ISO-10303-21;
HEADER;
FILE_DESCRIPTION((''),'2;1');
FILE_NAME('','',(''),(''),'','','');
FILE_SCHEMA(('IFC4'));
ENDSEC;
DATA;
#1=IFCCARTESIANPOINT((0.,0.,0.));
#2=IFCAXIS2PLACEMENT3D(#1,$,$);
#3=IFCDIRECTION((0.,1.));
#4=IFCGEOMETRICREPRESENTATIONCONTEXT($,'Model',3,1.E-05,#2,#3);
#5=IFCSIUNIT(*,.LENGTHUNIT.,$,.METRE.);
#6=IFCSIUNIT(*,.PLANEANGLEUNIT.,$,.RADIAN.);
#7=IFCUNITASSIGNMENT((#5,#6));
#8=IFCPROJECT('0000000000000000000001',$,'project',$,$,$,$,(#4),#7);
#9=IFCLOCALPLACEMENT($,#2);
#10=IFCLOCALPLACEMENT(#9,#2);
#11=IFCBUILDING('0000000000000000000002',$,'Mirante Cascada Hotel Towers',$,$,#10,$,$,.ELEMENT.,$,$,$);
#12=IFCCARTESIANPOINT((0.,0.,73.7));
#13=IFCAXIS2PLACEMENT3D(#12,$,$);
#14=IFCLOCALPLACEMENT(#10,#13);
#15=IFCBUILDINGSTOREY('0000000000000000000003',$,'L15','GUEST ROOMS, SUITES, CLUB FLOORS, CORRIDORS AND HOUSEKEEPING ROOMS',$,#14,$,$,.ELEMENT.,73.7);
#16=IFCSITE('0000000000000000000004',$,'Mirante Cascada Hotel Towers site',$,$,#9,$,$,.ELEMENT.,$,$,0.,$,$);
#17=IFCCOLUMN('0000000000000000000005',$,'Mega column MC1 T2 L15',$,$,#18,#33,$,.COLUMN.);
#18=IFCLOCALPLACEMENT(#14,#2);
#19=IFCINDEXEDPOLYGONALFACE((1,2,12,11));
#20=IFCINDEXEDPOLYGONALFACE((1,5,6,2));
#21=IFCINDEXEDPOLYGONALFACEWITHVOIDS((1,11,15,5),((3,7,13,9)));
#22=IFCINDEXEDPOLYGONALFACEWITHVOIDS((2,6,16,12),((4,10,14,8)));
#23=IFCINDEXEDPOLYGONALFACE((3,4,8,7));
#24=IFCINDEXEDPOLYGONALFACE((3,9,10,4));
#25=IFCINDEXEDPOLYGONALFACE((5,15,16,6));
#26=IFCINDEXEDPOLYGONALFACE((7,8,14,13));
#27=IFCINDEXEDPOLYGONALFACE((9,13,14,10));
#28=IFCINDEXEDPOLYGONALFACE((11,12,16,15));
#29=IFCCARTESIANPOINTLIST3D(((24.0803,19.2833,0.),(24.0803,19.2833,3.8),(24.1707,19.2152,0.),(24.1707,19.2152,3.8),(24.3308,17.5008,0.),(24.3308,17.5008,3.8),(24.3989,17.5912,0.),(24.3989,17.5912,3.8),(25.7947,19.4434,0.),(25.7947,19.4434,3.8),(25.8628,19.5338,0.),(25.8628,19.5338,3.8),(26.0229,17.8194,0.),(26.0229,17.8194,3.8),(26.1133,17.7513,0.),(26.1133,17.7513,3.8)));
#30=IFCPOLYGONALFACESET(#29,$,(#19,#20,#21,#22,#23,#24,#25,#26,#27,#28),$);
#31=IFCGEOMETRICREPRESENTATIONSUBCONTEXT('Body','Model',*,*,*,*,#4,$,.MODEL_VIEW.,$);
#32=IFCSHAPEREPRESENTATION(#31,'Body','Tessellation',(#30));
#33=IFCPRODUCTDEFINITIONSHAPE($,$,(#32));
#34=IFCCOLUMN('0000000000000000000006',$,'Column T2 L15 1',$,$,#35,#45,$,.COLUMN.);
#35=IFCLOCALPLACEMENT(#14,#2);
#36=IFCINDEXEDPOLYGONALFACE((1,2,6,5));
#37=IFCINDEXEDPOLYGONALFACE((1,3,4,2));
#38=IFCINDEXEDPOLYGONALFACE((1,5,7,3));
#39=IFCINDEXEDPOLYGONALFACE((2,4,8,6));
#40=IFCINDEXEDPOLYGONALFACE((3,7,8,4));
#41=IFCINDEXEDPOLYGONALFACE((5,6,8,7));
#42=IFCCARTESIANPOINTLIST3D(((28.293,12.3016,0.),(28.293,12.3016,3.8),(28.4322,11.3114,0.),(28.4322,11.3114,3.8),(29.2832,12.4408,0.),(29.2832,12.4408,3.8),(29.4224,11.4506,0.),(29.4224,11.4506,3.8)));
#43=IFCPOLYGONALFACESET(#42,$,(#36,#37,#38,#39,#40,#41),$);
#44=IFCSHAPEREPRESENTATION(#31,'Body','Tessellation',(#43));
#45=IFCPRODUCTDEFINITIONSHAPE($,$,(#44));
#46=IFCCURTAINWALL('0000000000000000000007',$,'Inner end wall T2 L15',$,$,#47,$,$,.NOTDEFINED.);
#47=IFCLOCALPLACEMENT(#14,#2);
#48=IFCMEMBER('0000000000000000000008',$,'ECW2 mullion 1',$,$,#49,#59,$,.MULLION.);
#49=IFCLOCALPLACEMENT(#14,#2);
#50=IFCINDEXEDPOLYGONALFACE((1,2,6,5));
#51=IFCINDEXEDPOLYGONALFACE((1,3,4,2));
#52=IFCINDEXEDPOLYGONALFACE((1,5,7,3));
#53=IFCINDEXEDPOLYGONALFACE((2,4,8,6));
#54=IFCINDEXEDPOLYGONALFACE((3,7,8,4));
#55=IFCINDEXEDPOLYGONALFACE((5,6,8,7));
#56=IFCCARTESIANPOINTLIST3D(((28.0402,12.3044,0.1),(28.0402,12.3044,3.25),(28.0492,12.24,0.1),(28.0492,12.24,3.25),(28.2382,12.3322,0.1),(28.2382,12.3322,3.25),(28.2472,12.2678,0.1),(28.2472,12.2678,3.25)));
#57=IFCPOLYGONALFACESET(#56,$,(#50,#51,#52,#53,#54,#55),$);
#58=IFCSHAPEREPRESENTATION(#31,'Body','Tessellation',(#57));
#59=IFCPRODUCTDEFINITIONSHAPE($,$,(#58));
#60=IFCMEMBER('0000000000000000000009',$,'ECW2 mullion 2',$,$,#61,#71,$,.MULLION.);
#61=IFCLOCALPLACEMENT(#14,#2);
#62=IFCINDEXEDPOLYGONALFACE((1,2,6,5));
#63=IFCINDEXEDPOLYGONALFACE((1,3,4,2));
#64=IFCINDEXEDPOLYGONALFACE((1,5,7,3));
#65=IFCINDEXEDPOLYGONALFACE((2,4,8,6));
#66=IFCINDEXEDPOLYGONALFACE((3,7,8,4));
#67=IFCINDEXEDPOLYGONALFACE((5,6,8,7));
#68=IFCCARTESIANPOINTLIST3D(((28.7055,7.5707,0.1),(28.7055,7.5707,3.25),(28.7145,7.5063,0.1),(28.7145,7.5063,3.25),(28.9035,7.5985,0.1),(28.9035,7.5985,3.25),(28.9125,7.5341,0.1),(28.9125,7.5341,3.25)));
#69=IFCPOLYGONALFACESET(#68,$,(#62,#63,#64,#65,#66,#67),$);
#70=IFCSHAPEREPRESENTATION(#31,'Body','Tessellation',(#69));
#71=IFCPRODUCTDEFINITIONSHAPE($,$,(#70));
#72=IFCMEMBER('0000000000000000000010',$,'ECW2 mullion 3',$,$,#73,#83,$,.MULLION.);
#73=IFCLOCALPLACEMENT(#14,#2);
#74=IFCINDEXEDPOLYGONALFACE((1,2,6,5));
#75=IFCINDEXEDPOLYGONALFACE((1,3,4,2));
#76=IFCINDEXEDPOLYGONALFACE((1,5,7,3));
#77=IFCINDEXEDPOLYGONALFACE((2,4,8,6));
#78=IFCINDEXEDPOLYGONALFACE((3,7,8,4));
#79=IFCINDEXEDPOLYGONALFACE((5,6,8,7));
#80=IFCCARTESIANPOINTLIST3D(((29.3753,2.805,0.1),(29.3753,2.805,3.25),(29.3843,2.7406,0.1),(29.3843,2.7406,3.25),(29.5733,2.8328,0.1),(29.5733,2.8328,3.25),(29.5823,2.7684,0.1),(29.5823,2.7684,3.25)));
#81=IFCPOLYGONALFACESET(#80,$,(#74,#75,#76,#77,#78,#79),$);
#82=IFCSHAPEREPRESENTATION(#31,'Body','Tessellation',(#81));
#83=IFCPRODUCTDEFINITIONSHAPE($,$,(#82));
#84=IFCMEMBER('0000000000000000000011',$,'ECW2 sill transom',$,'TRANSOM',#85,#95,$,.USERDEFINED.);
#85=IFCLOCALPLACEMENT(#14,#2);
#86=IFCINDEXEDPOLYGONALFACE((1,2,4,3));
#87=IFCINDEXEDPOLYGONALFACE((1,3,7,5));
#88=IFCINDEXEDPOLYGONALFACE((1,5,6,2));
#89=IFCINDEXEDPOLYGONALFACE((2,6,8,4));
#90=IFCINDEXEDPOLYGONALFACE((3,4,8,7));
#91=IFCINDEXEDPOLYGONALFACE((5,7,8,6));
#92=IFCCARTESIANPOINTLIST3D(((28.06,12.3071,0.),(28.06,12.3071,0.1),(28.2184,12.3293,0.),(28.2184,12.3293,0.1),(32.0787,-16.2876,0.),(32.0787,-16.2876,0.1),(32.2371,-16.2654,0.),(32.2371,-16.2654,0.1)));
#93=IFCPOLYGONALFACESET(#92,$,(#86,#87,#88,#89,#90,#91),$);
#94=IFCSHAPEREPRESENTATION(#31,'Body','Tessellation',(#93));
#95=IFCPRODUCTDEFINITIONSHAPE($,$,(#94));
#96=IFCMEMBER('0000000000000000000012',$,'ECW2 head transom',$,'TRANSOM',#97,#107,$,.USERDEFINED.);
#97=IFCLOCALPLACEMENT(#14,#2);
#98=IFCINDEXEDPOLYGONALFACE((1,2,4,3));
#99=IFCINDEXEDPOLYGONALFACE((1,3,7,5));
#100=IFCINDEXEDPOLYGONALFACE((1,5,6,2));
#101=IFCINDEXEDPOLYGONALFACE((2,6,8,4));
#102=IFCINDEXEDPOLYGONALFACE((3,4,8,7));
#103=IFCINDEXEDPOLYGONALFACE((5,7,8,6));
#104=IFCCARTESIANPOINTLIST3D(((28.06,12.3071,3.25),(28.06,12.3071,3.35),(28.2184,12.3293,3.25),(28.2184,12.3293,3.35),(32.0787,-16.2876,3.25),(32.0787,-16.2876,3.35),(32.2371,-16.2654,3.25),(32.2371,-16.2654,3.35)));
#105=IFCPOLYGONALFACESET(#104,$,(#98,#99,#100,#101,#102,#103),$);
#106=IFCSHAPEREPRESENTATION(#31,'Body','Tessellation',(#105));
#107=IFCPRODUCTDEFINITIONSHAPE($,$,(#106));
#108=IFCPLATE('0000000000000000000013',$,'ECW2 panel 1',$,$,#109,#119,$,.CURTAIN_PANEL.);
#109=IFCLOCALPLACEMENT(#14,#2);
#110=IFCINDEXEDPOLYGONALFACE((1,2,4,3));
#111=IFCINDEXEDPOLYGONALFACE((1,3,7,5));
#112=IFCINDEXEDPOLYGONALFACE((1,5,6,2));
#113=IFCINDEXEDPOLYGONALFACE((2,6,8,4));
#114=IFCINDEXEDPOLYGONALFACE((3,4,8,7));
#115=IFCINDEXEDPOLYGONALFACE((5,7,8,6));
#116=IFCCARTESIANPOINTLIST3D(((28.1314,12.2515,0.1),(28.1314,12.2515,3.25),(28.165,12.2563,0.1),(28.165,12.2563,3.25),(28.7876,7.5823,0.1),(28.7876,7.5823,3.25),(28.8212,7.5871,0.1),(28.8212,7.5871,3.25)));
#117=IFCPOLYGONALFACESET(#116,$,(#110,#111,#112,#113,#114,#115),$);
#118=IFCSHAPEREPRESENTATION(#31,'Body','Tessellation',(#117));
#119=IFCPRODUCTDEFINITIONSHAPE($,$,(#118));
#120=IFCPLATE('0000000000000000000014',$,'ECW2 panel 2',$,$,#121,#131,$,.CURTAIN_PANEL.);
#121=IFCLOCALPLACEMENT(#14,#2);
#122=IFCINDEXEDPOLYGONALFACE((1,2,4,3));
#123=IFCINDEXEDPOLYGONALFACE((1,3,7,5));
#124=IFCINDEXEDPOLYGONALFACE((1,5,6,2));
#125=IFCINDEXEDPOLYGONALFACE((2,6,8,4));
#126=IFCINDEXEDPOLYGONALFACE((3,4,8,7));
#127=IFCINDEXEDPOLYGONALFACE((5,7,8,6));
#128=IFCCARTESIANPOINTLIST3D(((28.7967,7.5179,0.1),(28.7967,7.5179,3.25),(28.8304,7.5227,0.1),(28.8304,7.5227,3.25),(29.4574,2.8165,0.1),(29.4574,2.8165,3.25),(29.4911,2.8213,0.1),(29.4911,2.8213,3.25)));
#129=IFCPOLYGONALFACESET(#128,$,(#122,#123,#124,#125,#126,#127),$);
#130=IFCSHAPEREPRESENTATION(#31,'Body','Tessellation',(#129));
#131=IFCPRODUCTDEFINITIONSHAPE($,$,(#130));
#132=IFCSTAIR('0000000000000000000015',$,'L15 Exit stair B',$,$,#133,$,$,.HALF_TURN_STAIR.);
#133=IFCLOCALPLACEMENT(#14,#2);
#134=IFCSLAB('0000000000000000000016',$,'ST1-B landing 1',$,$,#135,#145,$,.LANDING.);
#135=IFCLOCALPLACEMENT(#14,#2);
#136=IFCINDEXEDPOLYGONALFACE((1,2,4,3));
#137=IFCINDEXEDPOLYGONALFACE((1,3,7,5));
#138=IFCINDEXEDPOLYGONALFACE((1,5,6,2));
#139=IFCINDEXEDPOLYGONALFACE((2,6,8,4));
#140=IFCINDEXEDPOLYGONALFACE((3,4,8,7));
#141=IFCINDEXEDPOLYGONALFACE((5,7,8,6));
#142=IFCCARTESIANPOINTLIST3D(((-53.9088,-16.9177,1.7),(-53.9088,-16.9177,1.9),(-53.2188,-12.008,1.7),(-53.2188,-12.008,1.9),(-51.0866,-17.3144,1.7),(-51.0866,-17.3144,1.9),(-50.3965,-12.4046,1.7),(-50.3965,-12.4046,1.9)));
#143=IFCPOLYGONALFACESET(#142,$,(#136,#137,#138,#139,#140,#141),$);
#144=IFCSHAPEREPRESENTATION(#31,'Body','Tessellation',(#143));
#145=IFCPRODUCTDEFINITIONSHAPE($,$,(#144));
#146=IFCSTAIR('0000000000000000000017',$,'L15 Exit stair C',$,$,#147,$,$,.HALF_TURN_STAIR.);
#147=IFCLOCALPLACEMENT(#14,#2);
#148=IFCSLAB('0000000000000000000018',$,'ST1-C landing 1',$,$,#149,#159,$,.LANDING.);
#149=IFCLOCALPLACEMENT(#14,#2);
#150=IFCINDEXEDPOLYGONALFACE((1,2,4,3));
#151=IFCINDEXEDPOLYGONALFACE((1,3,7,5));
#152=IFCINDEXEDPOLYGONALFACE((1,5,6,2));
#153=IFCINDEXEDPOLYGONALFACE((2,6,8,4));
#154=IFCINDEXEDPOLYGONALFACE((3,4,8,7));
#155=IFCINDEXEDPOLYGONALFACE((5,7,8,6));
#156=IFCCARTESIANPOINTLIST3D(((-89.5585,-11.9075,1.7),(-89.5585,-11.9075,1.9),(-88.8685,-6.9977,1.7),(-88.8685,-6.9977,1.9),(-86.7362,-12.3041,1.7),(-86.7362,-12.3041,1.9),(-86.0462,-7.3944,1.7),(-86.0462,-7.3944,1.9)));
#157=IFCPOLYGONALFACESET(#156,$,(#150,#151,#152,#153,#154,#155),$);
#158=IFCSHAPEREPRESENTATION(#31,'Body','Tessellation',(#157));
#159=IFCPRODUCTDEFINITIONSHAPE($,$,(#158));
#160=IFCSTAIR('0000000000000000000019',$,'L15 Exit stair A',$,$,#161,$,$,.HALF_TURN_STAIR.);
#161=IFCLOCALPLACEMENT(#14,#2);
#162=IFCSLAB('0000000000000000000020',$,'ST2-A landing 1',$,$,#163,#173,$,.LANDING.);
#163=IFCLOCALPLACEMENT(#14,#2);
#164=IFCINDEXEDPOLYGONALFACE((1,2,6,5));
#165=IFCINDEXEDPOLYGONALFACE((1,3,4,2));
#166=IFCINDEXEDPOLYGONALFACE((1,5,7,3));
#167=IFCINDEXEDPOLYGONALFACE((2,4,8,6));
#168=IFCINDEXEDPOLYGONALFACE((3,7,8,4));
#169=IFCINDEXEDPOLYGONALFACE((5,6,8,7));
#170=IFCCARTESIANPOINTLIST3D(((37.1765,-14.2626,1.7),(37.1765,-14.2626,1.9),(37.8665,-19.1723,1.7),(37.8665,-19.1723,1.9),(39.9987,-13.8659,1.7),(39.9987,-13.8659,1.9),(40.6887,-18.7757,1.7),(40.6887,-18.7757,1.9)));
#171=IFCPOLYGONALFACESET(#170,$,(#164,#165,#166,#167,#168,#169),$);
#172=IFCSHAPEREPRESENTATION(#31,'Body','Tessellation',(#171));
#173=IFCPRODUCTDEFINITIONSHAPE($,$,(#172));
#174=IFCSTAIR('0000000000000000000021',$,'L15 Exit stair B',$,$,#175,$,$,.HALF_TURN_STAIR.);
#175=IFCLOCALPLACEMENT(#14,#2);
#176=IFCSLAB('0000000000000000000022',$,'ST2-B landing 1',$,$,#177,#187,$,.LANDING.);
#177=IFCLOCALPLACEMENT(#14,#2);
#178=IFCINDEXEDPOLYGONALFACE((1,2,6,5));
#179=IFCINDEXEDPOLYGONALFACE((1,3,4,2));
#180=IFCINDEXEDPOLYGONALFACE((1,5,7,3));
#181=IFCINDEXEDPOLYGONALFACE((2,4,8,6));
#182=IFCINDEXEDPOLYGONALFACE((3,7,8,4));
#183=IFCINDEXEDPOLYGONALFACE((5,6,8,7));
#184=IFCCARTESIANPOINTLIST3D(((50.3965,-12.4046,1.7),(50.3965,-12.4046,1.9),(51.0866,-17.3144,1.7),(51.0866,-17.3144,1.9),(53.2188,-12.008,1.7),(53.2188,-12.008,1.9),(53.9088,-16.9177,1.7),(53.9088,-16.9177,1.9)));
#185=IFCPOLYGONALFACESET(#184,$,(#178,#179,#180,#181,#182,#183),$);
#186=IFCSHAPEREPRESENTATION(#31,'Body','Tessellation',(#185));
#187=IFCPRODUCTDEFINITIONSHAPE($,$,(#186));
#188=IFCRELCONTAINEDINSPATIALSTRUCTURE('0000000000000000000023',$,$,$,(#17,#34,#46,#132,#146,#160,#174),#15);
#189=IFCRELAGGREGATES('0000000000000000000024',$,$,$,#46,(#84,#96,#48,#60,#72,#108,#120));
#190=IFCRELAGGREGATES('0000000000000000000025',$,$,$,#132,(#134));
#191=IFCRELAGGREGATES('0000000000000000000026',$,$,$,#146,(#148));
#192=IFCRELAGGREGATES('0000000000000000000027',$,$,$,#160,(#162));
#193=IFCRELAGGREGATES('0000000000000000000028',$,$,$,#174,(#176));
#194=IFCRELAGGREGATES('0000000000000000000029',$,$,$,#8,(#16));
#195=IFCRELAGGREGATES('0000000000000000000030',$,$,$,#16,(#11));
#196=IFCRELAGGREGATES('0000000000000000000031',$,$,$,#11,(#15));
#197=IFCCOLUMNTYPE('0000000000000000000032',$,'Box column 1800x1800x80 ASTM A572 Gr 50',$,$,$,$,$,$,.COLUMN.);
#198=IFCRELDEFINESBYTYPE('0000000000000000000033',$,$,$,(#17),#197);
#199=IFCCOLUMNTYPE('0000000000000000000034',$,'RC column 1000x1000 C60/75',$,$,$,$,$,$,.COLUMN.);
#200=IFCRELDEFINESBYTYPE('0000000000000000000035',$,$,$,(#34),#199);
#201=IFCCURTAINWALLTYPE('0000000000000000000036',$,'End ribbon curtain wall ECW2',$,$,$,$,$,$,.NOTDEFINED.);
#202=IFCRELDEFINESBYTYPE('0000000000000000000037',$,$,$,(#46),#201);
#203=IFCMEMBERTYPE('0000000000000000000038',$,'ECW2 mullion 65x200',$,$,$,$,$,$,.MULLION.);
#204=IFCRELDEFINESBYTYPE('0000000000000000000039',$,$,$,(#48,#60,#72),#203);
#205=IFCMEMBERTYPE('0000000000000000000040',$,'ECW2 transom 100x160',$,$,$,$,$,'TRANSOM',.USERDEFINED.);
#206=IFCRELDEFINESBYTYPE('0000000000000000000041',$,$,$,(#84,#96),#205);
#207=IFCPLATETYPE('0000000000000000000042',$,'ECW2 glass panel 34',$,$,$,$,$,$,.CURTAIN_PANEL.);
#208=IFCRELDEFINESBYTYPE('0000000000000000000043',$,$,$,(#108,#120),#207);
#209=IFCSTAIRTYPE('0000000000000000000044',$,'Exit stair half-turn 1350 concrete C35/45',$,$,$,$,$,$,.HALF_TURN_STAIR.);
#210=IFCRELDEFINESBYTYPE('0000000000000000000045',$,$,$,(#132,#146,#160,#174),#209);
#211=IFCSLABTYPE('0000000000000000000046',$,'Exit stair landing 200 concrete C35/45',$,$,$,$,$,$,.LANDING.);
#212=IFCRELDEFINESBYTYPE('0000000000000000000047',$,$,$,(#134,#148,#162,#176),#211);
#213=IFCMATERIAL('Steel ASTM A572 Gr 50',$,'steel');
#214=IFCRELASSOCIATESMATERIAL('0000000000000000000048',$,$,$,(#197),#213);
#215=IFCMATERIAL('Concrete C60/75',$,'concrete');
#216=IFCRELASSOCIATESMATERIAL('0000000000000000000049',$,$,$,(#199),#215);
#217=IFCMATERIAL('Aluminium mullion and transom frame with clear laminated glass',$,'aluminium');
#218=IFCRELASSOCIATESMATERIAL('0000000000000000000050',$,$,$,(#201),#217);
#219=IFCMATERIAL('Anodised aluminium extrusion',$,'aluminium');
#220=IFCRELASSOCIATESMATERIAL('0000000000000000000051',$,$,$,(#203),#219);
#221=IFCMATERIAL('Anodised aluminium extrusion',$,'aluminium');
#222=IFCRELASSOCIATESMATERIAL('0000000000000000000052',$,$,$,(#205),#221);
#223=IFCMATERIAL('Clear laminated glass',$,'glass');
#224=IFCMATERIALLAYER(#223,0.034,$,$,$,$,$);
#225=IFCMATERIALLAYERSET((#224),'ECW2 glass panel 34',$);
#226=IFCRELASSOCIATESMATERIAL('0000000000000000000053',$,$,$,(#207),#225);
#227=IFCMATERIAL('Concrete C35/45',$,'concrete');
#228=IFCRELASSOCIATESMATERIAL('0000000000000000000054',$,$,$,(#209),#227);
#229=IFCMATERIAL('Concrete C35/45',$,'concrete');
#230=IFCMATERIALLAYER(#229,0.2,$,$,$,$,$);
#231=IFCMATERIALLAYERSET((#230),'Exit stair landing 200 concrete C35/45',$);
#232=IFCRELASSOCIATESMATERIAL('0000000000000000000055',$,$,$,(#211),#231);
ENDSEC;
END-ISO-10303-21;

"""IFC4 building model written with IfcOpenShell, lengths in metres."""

from ifc_helpers import new_model, si_unit, direction, frame, origin, origin_2d, place, context, subcontext, project, spatial, polyline, rectangle, hollow_rectangle, outline, extrude, material, layer, layer_set, material_profile, profile_set, type_object, element, aggregate, save


model = new_model("IFC4")

# Units and contexts
model_context = context("Model", 3, precision=1e-05, world=origin(), true_north=direction((0.0, 1.0)))
body_context = subcontext(model_context, "Body", "Model", "MODEL_VIEW")
ifc_project = project(units=[si_unit("LENGTHUNIT", "METRE"), si_unit("PLANEANGLEUNIT", "RADIAN")], contexts=[model_context])

# Site, building, storey
site_placement = place(None, origin())
site = spatial("IfcSite", under=ifc_project, at=site_placement, Name="Mirante Cascada Hotel Towers site", CompositionType="ELEMENT", RefElevation=0.0)
building_placement = place(site_placement, origin())
building = spatial("IfcBuilding", under=site, at=building_placement, Name="Mirante Cascada Hotel Towers", CompositionType="ELEMENT")
storey_placement = place(building_placement, frame((0.0, 0.0, 73.7)))
storey = spatial("IfcBuildingStorey", under=building, at=storey_placement, Name="L15", Description="GUEST ROOMS, SUITES, CLUB FLOORS, CORRIDORS AND HOUSEKEEPING ROOMS", CompositionType="ELEMENT", Elevation=73.7)

# Columns
ifc_material_1 = material(Name="Steel ASTM A572 Gr 50", Category="steel")
ifc_material_profile_1 = material_profile(ifc_material_1, hollow_rectangle(XDim=1.8, YDim=1.8, WallThickness=0.08, at=origin_2d()), Name="Box column 1800x1800x80 ASTM A572 Gr 50")
ifc_profile_set_1 = profile_set([ifc_material_profile_1], Name="Steel ASTM A572 Gr 50")
column_type_1 = type_object("IfcColumnType", Name="Box column 1800x1800x80 ASTM A572 Gr 50", PredefinedType="COLUMN", material=ifc_profile_set_1)
column_1_placement = place(storey_placement, frame((25.0968, 18.5173, 0.0), z_axis=(0.0, 0.0, 1.0), x_axis=(0.990268, 0.139173, 0.0)))
element("IfcColumn", 1, at=column_1_placement, inside=storey, type_object=column_type_1, Name="Mega column MC1 T2 L15", PredefinedType="COLUMN", context=body_context, shape_type="SweptSolid", body=[
    extrude(hollow_rectangle(XDim=1.8, YDim=1.8, WallThickness=0.08, at=origin_2d()), origin(), (0.0, 0.0, 1.0), 3.8),
])
ifc_material_2 = material(Name="Concrete C60/75", Category="concrete")
ifc_material_profile_2 = material_profile(ifc_material_2, rectangle(XDim=1.0, YDim=1.0, at=origin_2d()), Name="RC column 1000x1000 C60/75")
ifc_profile_set_2 = profile_set([ifc_material_profile_2], Name="Concrete C60/75")
column_type_2 = type_object("IfcColumnType", Name="RC column 1000x1000 C60/75", PredefinedType="COLUMN", material=ifc_profile_set_2)
column_2_placement = place(storey_placement, frame((28.8577, 11.8761, 0.0), z_axis=(0.0, 0.0, 1.0), x_axis=(0.990268, 0.139173, 0.0)))
element("IfcColumn", 2, at=column_2_placement, inside=storey, type_object=column_type_2, Name="Column T2 L15 1", PredefinedType="COLUMN", context=body_context, shape_type="SweptSolid", body=[
    extrude(rectangle(XDim=1.0, YDim=1.0, at=origin_2d()), origin(), (0.0, 0.0, 1.0), 3.8),
])

# Curtain wall, members, plates
ifc_material_3 = material(Name="Aluminium mullion and transom frame with clear laminated glass", Category="aluminium")
curtain_wall_type = type_object("IfcCurtainWallType", Name="End ribbon curtain wall ECW2", PredefinedType="NOTDEFINED", material=ifc_material_3)
curtain_wall_placement = place(storey_placement, origin())
curtain_wall = element("IfcCurtainWall", 3, at=curtain_wall_placement, inside=storey, type_object=curtain_wall_type, Name="Inner end wall T2 L15", PredefinedType="NOTDEFINED")
ifc_material_4 = material(Name="Anodised aluminium extrusion", Category="aluminium")
ifc_material_profile_3 = material_profile(ifc_material_4, rectangle(XDim=0.2, YDim=0.065, at=origin_2d()), Name="ECW2 MULLION 65x200")
ifc_profile_set_3 = profile_set([ifc_material_profile_3], Name="Anodised aluminium extrusion")
member_type_1 = type_object("IfcMemberType", Name="ECW2 mullion 65x200", PredefinedType="MULLION", material=ifc_profile_set_3)
member_1_placement = place(storey_placement, frame((28.1437, 12.2861, 0.1), z_axis=(0.0, 0.0, 1.0), x_axis=(0.990268, 0.139173, 0.0)))
member_1 = element("IfcMember", 4, at=member_1_placement, type_object=member_type_1, Name="ECW2 mullion 1", PredefinedType="MULLION", context=body_context, shape_type="SweptSolid", body=[
    extrude(rectangle(XDim=0.2, YDim=0.065, at=origin_2d()), origin(), (0.0, 0.0, 1.0), 3.15),
])
member_2_placement = place(storey_placement, frame((28.809, 7.5524, 0.1), z_axis=(0.0, 0.0, 1.0), x_axis=(0.990268, 0.139173, 0.0)))
member_2 = element("IfcMember", 5, at=member_2_placement, type_object=member_type_1, Name="ECW2 mullion 2", PredefinedType="MULLION", context=body_context, shape_type="SweptSolid", body=[
    extrude(rectangle(XDim=0.2, YDim=0.065, at=origin_2d()), origin(), (0.0, 0.0, 1.0), 3.15),
])
member_3_placement = place(storey_placement, frame((29.4788, 2.7867, 0.1), z_axis=(0.0, 0.0, 1.0), x_axis=(0.990268, 0.139173, 0.0)))
member_3 = element("IfcMember", 6, at=member_3_placement, type_object=member_type_1, Name="ECW2 mullion 3", PredefinedType="MULLION", context=body_context, shape_type="SweptSolid", body=[
    extrude(rectangle(XDim=0.2, YDim=0.065, at=origin_2d()), origin(), (0.0, 0.0, 1.0), 3.15),
])
ifc_material_5 = material(Name="Anodised aluminium extrusion", Category="aluminium")
ifc_material_profile_4 = material_profile(ifc_material_5, rectangle(XDim=0.16, YDim=0.1, at=origin_2d()), Name="ECW2 TRANSOM 100x160")
ifc_profile_set_4 = profile_set([ifc_material_profile_4], Name="Anodised aluminium extrusion")
member_type_2 = type_object("IfcMemberType", Name="ECW2 transom 100x160", ElementType="TRANSOM", PredefinedType="USERDEFINED", material=ifc_profile_set_4)
member_4_placement = place(storey_placement, frame((28.1392, 12.3182, 0.05), z_axis=(0.139172, -0.990268, 0.0), x_axis=(0.990268, 0.139172, 0.0)))
member_4 = element("IfcMember", 7, at=member_4_placement, type_object=member_type_2, Name="ECW2 sill transom", ObjectType="TRANSOM", PredefinedType="USERDEFINED", context=body_context, shape_type="SweptSolid", body=[
    extrude(rectangle(XDim=0.16, YDim=0.1, at=origin_2d()), origin(), (0.0, 0.0, 1.0), 28.8757),
])
member_5_placement = place(storey_placement, frame((28.1392, 12.3182, 3.3), z_axis=(0.139172, -0.990268, 0.0), x_axis=(0.990268, 0.139172, 0.0)))
member_5 = element("IfcMember", 8, at=member_5_placement, type_object=member_type_2, Name="ECW2 head transom", ObjectType="TRANSOM", PredefinedType="USERDEFINED", context=body_context, shape_type="SweptSolid", body=[
    extrude(rectangle(XDim=0.16, YDim=0.1, at=origin_2d()), origin(), (0.0, 0.0, 1.0), 28.8757),
])
ifc_material_6 = material(Name="Clear laminated glass", Category="glass")
ifc_layer_1 = layer(ifc_material_6, 0.034)
ifc_layer_set_1 = layer_set([ifc_layer_1], Name="ECW2 glass panel 34")
plate_type = type_object("IfcPlateType", Name="ECW2 glass panel 34", PredefinedType="CURTAIN_PANEL", material=ifc_layer_set_1)
plate_1_placement = place(storey_placement, frame((28.4763, 9.9193, 0.1), z_axis=(0.0, 0.0, 1.0), x_axis=(0.139173, -0.990268, 0.0)))
plate_1 = element("IfcPlate", 9, at=plate_1_placement, type_object=plate_type, Name="ECW2 panel 1", PredefinedType="CURTAIN_PANEL", context=body_context, shape_type="SweptSolid", body=[
    extrude(rectangle(XDim=4.7151, YDim=0.034, at=origin_2d()), origin(), (0.0, 0.0, 1.0), 3.15),
])
plate_2_placement = place(storey_placement, frame((29.1439, 5.1696, 0.1), z_axis=(0.0, 0.0, 1.0), x_axis=(0.139173, -0.990268, 0.0)))
plate_2 = element("IfcPlate", 10, at=plate_2_placement, type_object=plate_type, Name="ECW2 panel 2", PredefinedType="CURTAIN_PANEL", context=body_context, shape_type="SweptSolid", body=[
    extrude(rectangle(XDim=4.7476, YDim=0.034, at=origin_2d()), origin(), (0.0, 0.0, 1.0), 3.15),
])
aggregate(curtain_wall, [member_4, member_5, member_1, member_2, member_3, plate_1, plate_2])

# Stairs, slabs
ifc_material_7 = material(Name="Concrete C35/45", Category="concrete")
stair_type = type_object("IfcStairType", Name="Exit stair half-turn 1350 concrete C35/45", PredefinedType="HALF_TURN_STAIR", material=ifc_material_7)
stair_1_placement = place(storey_placement, origin())
stair_1 = element("IfcStair", 11, at=stair_1_placement, inside=storey, type_object=stair_type, Name="L15 Exit stair B", PredefinedType="HALF_TURN_STAIR")
ifc_material_8 = material(Name="Concrete C35/45", Category="concrete")
ifc_layer_2 = layer(ifc_material_8, 0.2)
ifc_layer_set_2 = layer_set([ifc_layer_2], Name="Exit stair landing 200 concrete C35/45")
slab_type = type_object("IfcSlabType", Name="Exit stair landing 200 concrete C35/45", PredefinedType="LANDING", material=ifc_layer_set_2)
slab_1_placement = place(storey_placement, frame((0.0, 0.0, 1.7)))
slab_1 = element("IfcSlab", 12, at=slab_1_placement, type_object=slab_type, Name="ST1-B landing 1", PredefinedType="LANDING", context=body_context, shape_type="SweptSolid", body=[
    extrude(outline(polyline([(-53.2188, -12.008), (-53.9088, -16.9177), (-51.0866, -17.3144), (-50.3965, -12.4046), (-53.2188, -12.008)])), origin(), (0.0, 0.0, 1.0), 0.2),
])
aggregate(stair_1, [slab_1])
stair_2_placement = place(storey_placement, origin())
stair_2 = element("IfcStair", 13, at=stair_2_placement, inside=storey, type_object=stair_type, Name="L15 Exit stair C", PredefinedType="HALF_TURN_STAIR")
slab_2_placement = place(storey_placement, frame((0.0, 0.0, 1.7)))
slab_2 = element("IfcSlab", 14, at=slab_2_placement, type_object=slab_type, Name="ST1-C landing 1", PredefinedType="LANDING", context=body_context, shape_type="SweptSolid", body=[
    extrude(outline(polyline([(-88.8685, -6.9977), (-89.5585, -11.9075), (-86.7362, -12.3041), (-86.0462, -7.3944), (-88.8685, -6.9977)])), origin(), (0.0, 0.0, 1.0), 0.2),
])
aggregate(stair_2, [slab_2])
stair_3_placement = place(storey_placement, origin())
stair_3 = element("IfcStair", 15, at=stair_3_placement, inside=storey, type_object=stair_type, Name="L15 Exit stair A", PredefinedType="HALF_TURN_STAIR")
slab_3_placement = place(storey_placement, frame((0.0, 0.0, 1.7)))
slab_3 = element("IfcSlab", 16, at=slab_3_placement, type_object=slab_type, Name="ST2-A landing 1", PredefinedType="LANDING", context=body_context, shape_type="SweptSolid", body=[
    extrude(outline(polyline([(37.1765, -14.2626), (37.8665, -19.1723), (40.6887, -18.7757), (39.9987, -13.8659), (37.1765, -14.2626)])), origin(), (0.0, 0.0, 1.0), 0.2),
])
aggregate(stair_3, [slab_3])
stair_4_placement = place(storey_placement, origin())
stair_4 = element("IfcStair", 17, at=stair_4_placement, inside=storey, type_object=stair_type, Name="L15 Exit stair B", PredefinedType="HALF_TURN_STAIR")
slab_4_placement = place(storey_placement, frame((0.0, 0.0, 1.7)))
slab_4 = element("IfcSlab", 18, at=slab_4_placement, type_object=slab_type, Name="ST2-B landing 1", PredefinedType="LANDING", context=body_context, shape_type="SweptSolid", body=[
    extrude(outline(polyline([(50.3965, -12.4046), (51.0866, -17.3144), (53.9088, -16.9177), (53.2188, -12.008), (50.3965, -12.4046)])), origin(), (0.0, 0.0, 1.0), 0.2),
])
aggregate(stair_4, [slab_4])

save(model, "model.ifc")
